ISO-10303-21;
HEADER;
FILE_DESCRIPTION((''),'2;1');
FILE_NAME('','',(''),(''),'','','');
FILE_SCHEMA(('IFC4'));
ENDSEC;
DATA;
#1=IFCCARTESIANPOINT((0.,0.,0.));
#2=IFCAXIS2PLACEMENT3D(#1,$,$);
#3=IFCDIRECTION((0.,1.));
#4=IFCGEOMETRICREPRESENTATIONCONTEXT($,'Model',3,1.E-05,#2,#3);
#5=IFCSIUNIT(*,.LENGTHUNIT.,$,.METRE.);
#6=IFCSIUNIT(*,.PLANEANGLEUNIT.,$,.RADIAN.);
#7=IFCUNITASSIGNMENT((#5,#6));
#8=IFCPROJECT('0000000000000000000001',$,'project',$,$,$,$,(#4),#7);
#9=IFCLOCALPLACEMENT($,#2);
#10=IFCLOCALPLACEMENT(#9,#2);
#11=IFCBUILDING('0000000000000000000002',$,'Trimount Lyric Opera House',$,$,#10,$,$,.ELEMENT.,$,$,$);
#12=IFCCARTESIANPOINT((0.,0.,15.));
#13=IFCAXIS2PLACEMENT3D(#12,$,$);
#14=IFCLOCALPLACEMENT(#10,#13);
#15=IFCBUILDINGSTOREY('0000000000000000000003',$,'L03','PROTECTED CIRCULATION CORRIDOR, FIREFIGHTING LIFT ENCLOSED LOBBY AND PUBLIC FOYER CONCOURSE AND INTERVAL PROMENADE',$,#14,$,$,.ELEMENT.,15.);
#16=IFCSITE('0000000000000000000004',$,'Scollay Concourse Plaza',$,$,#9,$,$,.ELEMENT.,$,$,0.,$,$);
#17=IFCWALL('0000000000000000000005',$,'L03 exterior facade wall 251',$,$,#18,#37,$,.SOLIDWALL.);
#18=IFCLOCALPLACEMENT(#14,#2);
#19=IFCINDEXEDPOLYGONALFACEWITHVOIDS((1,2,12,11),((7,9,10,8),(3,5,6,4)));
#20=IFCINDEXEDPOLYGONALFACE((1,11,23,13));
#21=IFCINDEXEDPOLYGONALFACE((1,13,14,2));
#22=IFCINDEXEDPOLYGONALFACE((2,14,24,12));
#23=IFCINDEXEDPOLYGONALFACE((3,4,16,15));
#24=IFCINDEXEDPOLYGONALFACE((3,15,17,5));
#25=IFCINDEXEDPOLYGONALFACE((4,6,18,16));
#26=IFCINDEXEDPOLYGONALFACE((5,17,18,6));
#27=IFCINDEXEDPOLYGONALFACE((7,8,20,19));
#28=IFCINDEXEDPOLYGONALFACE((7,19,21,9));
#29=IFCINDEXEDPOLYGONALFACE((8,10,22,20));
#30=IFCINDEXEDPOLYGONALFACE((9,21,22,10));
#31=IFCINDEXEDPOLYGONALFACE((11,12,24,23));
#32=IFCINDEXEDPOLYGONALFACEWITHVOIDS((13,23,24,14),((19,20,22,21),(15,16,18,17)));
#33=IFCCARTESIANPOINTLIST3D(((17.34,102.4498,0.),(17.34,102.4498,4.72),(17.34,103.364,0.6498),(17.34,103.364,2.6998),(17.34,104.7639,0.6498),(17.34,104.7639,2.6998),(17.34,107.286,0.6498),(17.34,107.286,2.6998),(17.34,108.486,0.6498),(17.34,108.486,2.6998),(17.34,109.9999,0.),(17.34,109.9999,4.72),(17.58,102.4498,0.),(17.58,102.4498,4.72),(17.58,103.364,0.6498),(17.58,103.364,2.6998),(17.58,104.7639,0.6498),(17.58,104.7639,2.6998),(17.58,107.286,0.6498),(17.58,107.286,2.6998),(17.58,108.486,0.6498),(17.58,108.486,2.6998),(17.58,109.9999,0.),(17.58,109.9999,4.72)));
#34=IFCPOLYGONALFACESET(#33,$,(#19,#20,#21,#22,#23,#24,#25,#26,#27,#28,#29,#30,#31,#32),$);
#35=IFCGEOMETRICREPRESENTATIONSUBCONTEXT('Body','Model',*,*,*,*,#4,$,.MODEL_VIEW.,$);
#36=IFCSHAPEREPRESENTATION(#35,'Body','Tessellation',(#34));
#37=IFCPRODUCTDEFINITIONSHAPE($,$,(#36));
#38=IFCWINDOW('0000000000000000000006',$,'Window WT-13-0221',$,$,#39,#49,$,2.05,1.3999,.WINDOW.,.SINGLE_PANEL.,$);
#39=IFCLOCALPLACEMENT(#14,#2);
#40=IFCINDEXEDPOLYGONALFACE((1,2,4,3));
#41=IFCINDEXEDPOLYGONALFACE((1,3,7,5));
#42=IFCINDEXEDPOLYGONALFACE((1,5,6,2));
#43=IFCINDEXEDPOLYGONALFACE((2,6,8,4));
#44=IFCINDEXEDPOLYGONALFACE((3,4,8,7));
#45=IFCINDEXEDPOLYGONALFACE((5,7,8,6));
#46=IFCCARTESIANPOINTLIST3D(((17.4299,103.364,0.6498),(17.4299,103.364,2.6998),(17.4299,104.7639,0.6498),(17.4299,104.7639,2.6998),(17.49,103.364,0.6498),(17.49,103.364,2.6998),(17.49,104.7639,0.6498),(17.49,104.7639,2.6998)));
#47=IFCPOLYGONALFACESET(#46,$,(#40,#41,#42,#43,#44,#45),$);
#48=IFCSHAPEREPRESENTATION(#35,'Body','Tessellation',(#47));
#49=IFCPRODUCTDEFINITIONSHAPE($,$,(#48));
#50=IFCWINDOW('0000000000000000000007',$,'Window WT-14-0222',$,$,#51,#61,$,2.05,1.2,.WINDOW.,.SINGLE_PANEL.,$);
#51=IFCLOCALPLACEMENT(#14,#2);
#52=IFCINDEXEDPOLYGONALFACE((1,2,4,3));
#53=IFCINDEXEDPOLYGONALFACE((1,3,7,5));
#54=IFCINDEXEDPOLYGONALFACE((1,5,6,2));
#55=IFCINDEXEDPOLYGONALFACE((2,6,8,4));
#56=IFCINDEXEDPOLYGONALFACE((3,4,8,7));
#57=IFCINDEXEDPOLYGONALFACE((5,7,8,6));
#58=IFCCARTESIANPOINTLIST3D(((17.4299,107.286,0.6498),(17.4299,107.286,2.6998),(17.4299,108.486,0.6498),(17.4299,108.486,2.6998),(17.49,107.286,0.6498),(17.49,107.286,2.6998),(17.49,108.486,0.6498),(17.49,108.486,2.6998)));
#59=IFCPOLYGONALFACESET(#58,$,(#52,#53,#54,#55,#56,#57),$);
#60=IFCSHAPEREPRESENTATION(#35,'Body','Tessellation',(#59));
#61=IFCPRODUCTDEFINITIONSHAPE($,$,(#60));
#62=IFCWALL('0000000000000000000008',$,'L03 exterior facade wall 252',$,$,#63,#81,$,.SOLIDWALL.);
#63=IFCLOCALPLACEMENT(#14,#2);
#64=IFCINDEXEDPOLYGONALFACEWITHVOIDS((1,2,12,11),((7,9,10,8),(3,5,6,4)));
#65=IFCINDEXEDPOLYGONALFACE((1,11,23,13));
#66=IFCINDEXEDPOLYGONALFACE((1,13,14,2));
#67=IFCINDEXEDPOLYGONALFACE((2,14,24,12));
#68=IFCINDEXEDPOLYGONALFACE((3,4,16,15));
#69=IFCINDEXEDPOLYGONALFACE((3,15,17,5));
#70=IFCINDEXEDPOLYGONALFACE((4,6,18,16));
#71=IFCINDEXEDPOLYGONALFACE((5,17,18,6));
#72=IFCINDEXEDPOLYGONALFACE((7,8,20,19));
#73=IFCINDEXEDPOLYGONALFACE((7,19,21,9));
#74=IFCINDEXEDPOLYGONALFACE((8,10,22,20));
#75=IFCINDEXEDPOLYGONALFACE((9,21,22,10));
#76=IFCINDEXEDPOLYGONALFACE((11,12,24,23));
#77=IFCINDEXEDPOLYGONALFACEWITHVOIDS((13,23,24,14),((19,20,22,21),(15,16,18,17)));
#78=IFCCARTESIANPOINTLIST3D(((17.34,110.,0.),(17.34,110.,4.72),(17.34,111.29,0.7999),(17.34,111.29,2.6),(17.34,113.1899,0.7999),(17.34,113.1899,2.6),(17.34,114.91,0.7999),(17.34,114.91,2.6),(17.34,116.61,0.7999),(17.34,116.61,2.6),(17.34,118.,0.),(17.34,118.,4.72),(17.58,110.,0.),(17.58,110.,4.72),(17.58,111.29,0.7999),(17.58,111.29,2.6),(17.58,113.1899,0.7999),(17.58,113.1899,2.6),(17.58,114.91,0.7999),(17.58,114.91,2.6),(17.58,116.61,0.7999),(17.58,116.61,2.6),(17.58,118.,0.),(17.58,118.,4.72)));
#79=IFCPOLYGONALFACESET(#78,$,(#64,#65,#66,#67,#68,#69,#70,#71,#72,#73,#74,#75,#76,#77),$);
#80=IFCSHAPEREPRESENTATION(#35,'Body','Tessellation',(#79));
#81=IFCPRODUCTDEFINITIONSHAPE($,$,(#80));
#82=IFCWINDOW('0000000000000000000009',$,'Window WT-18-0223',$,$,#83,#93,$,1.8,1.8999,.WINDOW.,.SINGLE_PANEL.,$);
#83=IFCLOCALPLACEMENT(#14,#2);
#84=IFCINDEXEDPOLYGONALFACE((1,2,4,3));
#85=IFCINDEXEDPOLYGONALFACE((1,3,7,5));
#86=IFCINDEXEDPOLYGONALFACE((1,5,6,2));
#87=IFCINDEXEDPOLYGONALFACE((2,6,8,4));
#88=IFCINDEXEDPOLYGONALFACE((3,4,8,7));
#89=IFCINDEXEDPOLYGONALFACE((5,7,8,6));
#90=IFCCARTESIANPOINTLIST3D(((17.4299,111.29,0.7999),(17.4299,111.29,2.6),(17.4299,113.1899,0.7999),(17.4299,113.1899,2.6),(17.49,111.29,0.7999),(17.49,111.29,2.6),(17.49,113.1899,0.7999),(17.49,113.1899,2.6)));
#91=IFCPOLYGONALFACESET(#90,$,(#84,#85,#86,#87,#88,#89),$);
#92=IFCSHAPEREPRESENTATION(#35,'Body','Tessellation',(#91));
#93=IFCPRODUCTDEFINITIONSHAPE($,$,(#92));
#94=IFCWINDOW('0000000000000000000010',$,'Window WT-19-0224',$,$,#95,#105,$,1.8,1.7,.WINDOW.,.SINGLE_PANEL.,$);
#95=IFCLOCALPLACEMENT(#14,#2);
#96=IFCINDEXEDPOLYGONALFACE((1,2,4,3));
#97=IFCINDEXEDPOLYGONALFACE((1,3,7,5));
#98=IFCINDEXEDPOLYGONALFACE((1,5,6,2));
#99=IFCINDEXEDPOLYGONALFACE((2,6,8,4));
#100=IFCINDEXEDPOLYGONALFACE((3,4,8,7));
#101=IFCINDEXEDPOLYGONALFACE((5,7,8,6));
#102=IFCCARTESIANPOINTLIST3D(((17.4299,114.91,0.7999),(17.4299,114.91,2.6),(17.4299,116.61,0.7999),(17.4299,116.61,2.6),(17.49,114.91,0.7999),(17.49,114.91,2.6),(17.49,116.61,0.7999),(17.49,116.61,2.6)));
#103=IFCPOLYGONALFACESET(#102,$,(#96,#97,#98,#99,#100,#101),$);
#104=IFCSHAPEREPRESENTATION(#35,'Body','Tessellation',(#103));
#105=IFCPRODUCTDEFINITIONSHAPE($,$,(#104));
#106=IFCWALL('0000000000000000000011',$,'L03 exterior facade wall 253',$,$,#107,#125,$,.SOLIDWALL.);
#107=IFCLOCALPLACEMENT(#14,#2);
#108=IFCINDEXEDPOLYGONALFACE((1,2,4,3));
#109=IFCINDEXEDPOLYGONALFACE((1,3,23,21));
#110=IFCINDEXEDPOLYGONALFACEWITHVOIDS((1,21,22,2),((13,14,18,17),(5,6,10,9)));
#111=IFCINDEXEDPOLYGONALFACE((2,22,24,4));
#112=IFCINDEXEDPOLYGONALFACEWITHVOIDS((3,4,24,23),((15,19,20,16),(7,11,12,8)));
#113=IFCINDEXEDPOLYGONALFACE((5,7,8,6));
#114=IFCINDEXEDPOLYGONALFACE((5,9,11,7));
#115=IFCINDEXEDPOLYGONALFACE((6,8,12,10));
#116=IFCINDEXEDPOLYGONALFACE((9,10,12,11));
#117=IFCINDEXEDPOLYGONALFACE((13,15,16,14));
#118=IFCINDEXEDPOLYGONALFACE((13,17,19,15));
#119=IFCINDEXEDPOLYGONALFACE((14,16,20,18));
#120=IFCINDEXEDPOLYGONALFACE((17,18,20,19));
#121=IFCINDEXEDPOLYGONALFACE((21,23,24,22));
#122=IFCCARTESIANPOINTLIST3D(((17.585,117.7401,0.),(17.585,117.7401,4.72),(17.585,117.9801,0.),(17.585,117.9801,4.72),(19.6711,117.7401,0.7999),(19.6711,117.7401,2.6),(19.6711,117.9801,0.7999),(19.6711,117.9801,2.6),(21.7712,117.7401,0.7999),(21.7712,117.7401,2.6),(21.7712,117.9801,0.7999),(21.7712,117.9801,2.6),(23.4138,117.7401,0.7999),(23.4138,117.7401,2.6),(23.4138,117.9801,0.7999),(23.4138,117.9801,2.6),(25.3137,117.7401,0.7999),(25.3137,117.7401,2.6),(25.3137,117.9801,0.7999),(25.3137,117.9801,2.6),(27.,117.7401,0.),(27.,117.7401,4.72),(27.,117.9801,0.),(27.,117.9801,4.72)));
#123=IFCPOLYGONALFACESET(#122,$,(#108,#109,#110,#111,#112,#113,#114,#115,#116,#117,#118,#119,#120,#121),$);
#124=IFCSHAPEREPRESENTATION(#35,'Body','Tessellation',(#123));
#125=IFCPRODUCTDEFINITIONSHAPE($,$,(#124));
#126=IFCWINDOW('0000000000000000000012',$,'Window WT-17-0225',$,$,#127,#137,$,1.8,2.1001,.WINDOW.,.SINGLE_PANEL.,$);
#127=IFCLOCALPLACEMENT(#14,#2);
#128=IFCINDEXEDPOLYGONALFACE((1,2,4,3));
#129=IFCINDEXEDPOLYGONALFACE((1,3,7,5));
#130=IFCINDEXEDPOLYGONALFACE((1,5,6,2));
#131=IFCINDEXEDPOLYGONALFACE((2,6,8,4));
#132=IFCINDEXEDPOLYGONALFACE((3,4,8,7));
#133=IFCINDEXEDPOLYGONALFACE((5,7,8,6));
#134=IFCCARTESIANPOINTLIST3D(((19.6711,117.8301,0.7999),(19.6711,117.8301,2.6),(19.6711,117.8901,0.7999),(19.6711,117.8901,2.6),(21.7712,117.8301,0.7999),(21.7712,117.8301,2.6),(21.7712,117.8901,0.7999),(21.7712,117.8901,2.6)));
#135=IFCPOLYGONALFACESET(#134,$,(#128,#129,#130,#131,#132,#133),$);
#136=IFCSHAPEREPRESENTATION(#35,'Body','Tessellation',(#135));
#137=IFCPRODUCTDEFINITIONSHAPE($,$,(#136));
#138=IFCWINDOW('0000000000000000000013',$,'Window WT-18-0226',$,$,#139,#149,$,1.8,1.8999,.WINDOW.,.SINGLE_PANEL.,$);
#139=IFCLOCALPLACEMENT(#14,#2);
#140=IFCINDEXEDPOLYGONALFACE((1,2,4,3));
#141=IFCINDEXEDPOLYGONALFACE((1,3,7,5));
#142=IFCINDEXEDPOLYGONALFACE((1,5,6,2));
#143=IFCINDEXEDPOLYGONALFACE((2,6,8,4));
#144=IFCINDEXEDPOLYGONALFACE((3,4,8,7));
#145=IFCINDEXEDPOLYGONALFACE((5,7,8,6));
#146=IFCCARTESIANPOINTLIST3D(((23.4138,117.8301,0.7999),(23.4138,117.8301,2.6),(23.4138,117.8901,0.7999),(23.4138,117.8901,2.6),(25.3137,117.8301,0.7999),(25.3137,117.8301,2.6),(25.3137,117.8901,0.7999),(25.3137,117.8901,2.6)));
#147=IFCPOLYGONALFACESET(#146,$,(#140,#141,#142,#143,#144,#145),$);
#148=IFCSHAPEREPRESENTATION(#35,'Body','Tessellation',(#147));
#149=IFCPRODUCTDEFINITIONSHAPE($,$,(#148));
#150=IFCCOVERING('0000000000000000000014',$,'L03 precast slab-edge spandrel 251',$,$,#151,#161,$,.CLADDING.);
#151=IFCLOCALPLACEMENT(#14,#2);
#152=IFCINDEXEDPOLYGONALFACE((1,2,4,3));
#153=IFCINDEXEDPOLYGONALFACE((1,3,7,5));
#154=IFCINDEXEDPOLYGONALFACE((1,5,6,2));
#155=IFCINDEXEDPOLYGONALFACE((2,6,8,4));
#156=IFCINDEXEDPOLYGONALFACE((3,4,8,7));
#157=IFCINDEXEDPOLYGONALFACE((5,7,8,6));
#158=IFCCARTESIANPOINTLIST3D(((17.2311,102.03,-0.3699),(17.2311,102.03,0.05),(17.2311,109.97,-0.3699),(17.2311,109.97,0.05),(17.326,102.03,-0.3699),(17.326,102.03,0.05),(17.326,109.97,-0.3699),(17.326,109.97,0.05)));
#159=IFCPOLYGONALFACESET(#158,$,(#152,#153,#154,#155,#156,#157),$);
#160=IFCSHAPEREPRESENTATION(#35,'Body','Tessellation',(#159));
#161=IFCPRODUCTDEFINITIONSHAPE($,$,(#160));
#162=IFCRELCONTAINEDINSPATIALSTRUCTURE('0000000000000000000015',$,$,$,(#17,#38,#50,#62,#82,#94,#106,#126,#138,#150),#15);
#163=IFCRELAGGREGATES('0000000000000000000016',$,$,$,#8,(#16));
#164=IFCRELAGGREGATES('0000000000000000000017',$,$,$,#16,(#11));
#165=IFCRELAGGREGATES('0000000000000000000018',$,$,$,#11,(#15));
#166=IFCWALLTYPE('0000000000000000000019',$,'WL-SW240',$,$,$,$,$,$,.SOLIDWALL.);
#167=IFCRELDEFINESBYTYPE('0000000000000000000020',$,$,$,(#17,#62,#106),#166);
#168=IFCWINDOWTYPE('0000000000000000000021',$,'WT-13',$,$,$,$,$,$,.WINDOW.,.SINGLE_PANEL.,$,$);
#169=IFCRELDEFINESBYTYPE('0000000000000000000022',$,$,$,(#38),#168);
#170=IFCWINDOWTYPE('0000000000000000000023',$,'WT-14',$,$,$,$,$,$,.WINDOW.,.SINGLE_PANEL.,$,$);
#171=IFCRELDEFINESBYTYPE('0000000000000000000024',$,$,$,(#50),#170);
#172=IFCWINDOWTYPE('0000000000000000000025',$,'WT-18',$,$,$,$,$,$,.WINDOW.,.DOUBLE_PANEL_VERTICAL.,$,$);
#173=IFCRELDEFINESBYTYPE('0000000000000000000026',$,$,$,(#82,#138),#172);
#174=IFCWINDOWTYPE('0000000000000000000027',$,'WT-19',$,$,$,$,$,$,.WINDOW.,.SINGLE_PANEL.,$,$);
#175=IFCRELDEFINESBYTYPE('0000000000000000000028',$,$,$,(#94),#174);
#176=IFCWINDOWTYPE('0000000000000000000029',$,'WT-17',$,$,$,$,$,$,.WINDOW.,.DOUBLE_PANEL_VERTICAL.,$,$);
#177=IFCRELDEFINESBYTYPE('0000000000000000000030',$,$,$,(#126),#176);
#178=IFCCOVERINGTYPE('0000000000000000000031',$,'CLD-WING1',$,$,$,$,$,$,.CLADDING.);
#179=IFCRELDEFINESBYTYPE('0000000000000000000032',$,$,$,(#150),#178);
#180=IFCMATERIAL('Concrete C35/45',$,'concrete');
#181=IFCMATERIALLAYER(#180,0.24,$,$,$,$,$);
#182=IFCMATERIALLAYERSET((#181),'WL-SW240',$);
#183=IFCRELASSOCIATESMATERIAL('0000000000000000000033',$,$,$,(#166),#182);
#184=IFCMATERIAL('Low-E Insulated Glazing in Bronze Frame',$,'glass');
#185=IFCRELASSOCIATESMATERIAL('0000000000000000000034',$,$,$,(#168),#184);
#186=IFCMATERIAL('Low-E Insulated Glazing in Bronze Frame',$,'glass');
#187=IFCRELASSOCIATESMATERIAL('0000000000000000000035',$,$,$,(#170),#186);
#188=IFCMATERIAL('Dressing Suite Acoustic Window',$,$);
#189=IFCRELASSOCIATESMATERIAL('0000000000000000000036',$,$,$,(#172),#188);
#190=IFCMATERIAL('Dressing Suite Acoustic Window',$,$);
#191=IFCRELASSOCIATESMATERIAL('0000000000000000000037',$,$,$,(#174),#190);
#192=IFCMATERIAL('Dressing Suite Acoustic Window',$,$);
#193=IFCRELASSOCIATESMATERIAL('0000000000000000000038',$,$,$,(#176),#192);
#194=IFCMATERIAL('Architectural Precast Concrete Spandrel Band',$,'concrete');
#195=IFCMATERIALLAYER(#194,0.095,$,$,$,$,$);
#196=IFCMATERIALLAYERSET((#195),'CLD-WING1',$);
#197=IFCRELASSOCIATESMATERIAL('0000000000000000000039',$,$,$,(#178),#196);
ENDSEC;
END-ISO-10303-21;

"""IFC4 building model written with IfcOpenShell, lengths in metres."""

from ifc_helpers import new_model, si_unit, direction, frame, frame_2d, origin, origin_2d, place, context, subcontext, project, spatial, rectangle, extrude, material, layer, layer_set, type_object, element, fill, save


model = new_model("IFC4")

# Units and contexts
model_context = context("Model", 3, precision=1e-05, world=origin(), true_north=direction((0.0, 1.0)))
body_context = subcontext(model_context, "Body", "Model", "MODEL_VIEW")
ifc_project = project(units=[si_unit("LENGTHUNIT", "METRE"), si_unit("PLANEANGLEUNIT", "RADIAN")], contexts=[model_context])

# Site, building, storey
site_placement = place(None, origin())
site = spatial("IfcSite", under=ifc_project, at=site_placement, Name="Scollay Concourse Plaza", CompositionType="ELEMENT", RefElevation=0.0)
building_placement = place(site_placement, origin())
building = spatial("IfcBuilding", under=site, at=building_placement, Name="Trimount Lyric Opera House", CompositionType="ELEMENT")
storey_placement = place(building_placement, frame((0.0, 0.0, 15.0)))
storey = spatial("IfcBuildingStorey", under=building, at=storey_placement, Name="L03", Description="PROTECTED CIRCULATION CORRIDOR, FIREFIGHTING LIFT ENCLOSED LOBBY AND PUBLIC FOYER CONCOURSE AND INTERVAL PROMENADE", CompositionType="ELEMENT", Elevation=15.0)

# Walls, openings, windows
ifc_material_1 = material(Name="Concrete C35/45", Category="concrete")
ifc_layer_1 = layer(ifc_material_1, 0.24)
ifc_layer_set_1 = layer_set([ifc_layer_1], Name="WL-SW240")
wall_type_1 = type_object("IfcWallType", Name="WL-SW240", PredefinedType="SOLIDWALL", material=ifc_layer_set_1)
wall_1_placement = place(storey_placement, frame((17.46, 102.45, 0.0), z_axis=(0.0, 0.0, 1.0), x_axis=(0.0, 1.0, 0.0)))
wall_1 = element("IfcWall", 1, at=wall_1_placement, inside=storey, type_object=wall_type_1, Name="L03 exterior facade wall 251", PredefinedType="SOLIDWALL", context=body_context, shape_type="SweptSolid", body=[
    extrude(rectangle(XDim=7.55, YDim=0.24, at=frame_2d((3.7749, 0.0))), origin(), (0.0, 0.0, 1.0), 4.72),
])
opening_1_placement = place(wall_1_placement, frame((0.9141, 0.0, 0.6499)))
opening_1 = element("IfcOpeningElement", 2, at=opening_1_placement, cuts=wall_1, PredefinedType="OPENING", context=body_context, shape_type="SweptSolid", body=[
    extrude(rectangle(XDim=1.3999, YDim=2.05, at=frame_2d((0.7, 1.0249))), frame((0.0, 0.1299, 0.0), z_axis=(0.0, -1.0, 0.0), x_axis=(1.0, 0.0, 0.0)), (0.0, 0.0, 1.0), 0.26),
])
opening_2_placement = place(wall_1_placement, frame((4.8359, 0.0, 0.6499)))
opening_2 = element("IfcOpeningElement", 3, at=opening_2_placement, cuts=wall_1, PredefinedType="OPENING", context=body_context, shape_type="SweptSolid", body=[
    extrude(rectangle(XDim=1.2, YDim=2.05, at=frame_2d((0.6001, 1.0249))), frame((0.0, 0.1299, 0.0), z_axis=(0.0, -1.0, 0.0), x_axis=(1.0, 0.0, 0.0)), (0.0, 0.0, 1.0), 0.26),
])
ifc_material_2 = material(Name="Low-E Insulated Glazing in Bronze Frame", Category="glass")
window_type_1 = type_object("IfcWindowType", Name="WT-13", PartitioningType="SINGLE_PANEL", PredefinedType="WINDOW", material=ifc_material_2)
window_1_placement = place(opening_1_placement, origin())
window_1 = element("IfcWindow", 4, at=window_1_placement, inside=storey, type_object=window_type_1, Name="Window WT-13-0221", OverallHeight=2.05, OverallWidth=1.3999, PartitioningType="SINGLE_PANEL", PredefinedType="WINDOW", context=body_context, shape_type="SweptSolid", body=[
    extrude(rectangle(XDim=1.3999, YDim=2.05, at=frame_2d((0.7, 1.0249))), frame((0.0, 0.03, 0.0), z_axis=(0.0, -1.0, 0.0), x_axis=(1.0, 0.0, 0.0)), (0.0, 0.0, 1.0), 0.0601),
])
fill(opening_1, window_1)
ifc_material_3 = material(Name="Low-E Insulated Glazing in Bronze Frame", Category="glass")
window_type_2 = type_object("IfcWindowType", Name="WT-14", PartitioningType="SINGLE_PANEL", PredefinedType="WINDOW", material=ifc_material_3)
window_2_placement = place(opening_2_placement, origin())
window_2 = element("IfcWindow", 5, at=window_2_placement, inside=storey, type_object=window_type_2, Name="Window WT-14-0222", OverallHeight=2.05, OverallWidth=1.2, PartitioningType="SINGLE_PANEL", PredefinedType="WINDOW", context=body_context, shape_type="SweptSolid", body=[
    extrude(rectangle(XDim=1.2, YDim=2.05, at=frame_2d((0.6001, 1.0249))), frame((0.0, 0.03, 0.0), z_axis=(0.0, -1.0, 0.0), x_axis=(1.0, 0.0, 0.0)), (0.0, 0.0, 1.0), 0.0601),
])
fill(opening_2, window_2)
wall_2_placement = place(storey_placement, frame((17.46, 110.0, 0.0), z_axis=(0.0, 0.0, 1.0), x_axis=(0.0, 1.0, 0.0)))
wall_2 = element("IfcWall", 6, at=wall_2_placement, inside=storey, type_object=wall_type_1, Name="L03 exterior facade wall 252", PredefinedType="SOLIDWALL", context=body_context, shape_type="SweptSolid", body=[
    extrude(rectangle(XDim=8.0, YDim=0.24, at=frame_2d((4.0, 0.0))), origin(), (0.0, 0.0, 1.0), 4.72),
])
opening_3_placement = place(wall_2_placement, frame((1.29, 0.0, 0.8)))
opening_3 = element("IfcOpeningElement", 7, at=opening_3_placement, cuts=wall_2, PredefinedType="OPENING", context=body_context, shape_type="SweptSolid", body=[
    extrude(rectangle(XDim=1.8999, YDim=1.8, at=frame_2d((0.95, 0.8999))), frame((0.0, 0.1299, 0.0), z_axis=(0.0, -1.0, 0.0), x_axis=(1.0, 0.0, 0.0)), (0.0, 0.0, 1.0), 0.26),
])
opening_4_placement = place(wall_2_placement, frame((4.9099, 0.0, 0.8)))
opening_4 = element("IfcOpeningElement", 8, at=opening_4_placement, cuts=wall_2, PredefinedType="OPENING", context=body_context, shape_type="SweptSolid", body=[
    extrude(rectangle(XDim=1.7, YDim=1.8, at=frame_2d((0.8501, 0.8999))), frame((0.0, 0.1299, 0.0), z_axis=(0.0, -1.0, 0.0), x_axis=(1.0, 0.0, 0.0)), (0.0, 0.0, 1.0), 0.26),
])
ifc_material_4 = material(Name="Dressing Suite Acoustic Window")
window_type_3 = type_object("IfcWindowType", Name="WT-18", PartitioningType="DOUBLE_PANEL_VERTICAL", PredefinedType="WINDOW", material=ifc_material_4)
window_3_placement = place(opening_3_placement, origin())
window_3 = element("IfcWindow", 9, at=window_3_placement, inside=storey, type_object=window_type_3, Name="Window WT-18-0223", OverallHeight=1.8, OverallWidth=1.8999, PartitioningType="SINGLE_PANEL", PredefinedType="WINDOW", context=body_context, shape_type="SweptSolid", body=[
    extrude(rectangle(XDim=1.8999, YDim=1.8, at=frame_2d((0.95, 0.8999))), frame((0.0, 0.03, 0.0), z_axis=(0.0, -1.0, 0.0), x_axis=(1.0, 0.0, 0.0)), (0.0, 0.0, 1.0), 0.0601),
])
fill(opening_3, window_3)
ifc_material_5 = material(Name="Dressing Suite Acoustic Window")
window_type_4 = type_object("IfcWindowType", Name="WT-19", PartitioningType="SINGLE_PANEL", PredefinedType="WINDOW", material=ifc_material_5)
window_4_placement = place(opening_4_placement, origin())
window_4 = element("IfcWindow", 10, at=window_4_placement, inside=storey, type_object=window_type_4, Name="Window WT-19-0224", OverallHeight=1.8, OverallWidth=1.7, PartitioningType="SINGLE_PANEL", PredefinedType="WINDOW", context=body_context, shape_type="SweptSolid", body=[
    extrude(rectangle(XDim=1.7, YDim=1.8, at=frame_2d((0.8501, 0.8999))), frame((0.0, 0.03, 0.0), z_axis=(0.0, -1.0, 0.0), x_axis=(1.0, 0.0, 0.0)), (0.0, 0.0, 1.0), 0.0601),
])
fill(opening_4, window_4)
wall_3_placement = place(storey_placement, frame((17.585, 117.8601, 0.0), z_axis=(0.0, 0.0, 1.0), x_axis=(1.0, 0.0, 0.0)))
wall_3 = element("IfcWall", 11, at=wall_3_placement, inside=storey, type_object=wall_type_1, Name="L03 exterior facade wall 253", PredefinedType="SOLIDWALL", context=body_context, shape_type="SweptSolid", body=[
    extrude(rectangle(XDim=9.415, YDim=0.24, at=frame_2d((4.7075, 0.0))), origin(), (0.0, 0.0, 1.0), 4.72),
])
opening_5_placement = place(wall_3_placement, frame((2.0862, 0.0, 0.8)))
opening_5 = element("IfcOpeningElement", 12, at=opening_5_placement, cuts=wall_3, PredefinedType="OPENING", context=body_context, shape_type="SweptSolid", body=[
    extrude(rectangle(XDim=2.1001, YDim=1.8, at=frame_2d((1.05, 0.8999))), frame((0.0, 0.1299, 0.0), z_axis=(0.0, -1.0, 0.0), x_axis=(1.0, 0.0, 0.0)), (0.0, 0.0, 1.0), 0.26),
])
opening_6_placement = place(wall_3_placement, frame((5.8289, 0.0, 0.8)))
opening_6 = element("IfcOpeningElement", 13, at=opening_6_placement, cuts=wall_3, PredefinedType="OPENING", context=body_context, shape_type="SweptSolid", body=[
    extrude(rectangle(XDim=1.8999, YDim=1.8, at=frame_2d((0.95, 0.8999))), frame((0.0, 0.1299, 0.0), z_axis=(0.0, -1.0, 0.0), x_axis=(1.0, 0.0, 0.0)), (0.0, 0.0, 1.0), 0.26),
])
ifc_material_6 = material(Name="Dressing Suite Acoustic Window")
window_type_5 = type_object("IfcWindowType", Name="WT-17", PartitioningType="DOUBLE_PANEL_VERTICAL", PredefinedType="WINDOW", material=ifc_material_6)
window_5_placement = place(opening_5_placement, origin())
window_5 = element("IfcWindow", 14, at=window_5_placement, inside=storey, type_object=window_type_5, Name="Window WT-17-0225", OverallHeight=1.8, OverallWidth=2.1001, PartitioningType="SINGLE_PANEL", PredefinedType="WINDOW", context=body_context, shape_type="SweptSolid", body=[
    extrude(rectangle(XDim=2.1001, YDim=1.8, at=frame_2d((1.05, 0.8999))), frame((0.0, 0.03, 0.0), z_axis=(0.0, -1.0, 0.0), x_axis=(1.0, 0.0, 0.0)), (0.0, 0.0, 1.0), 0.0601),
])
fill(opening_5, window_5)
window_6_placement = place(opening_6_placement, origin())
window_6 = element("IfcWindow", 15, at=window_6_placement, inside=storey, type_object=window_type_3, Name="Window WT-18-0226", OverallHeight=1.8, OverallWidth=1.8999, PartitioningType="SINGLE_PANEL", PredefinedType="WINDOW", context=body_context, shape_type="SweptSolid", body=[
    extrude(rectangle(XDim=1.8999, YDim=1.8, at=frame_2d((0.95, 0.8999))), frame((0.0, 0.03, 0.0), z_axis=(0.0, -1.0, 0.0), x_axis=(1.0, 0.0, 0.0)), (0.0, 0.0, 1.0), 0.0601),
])
fill(opening_6, window_6)

# Covering
ifc_material_7 = material(Name="Architectural Precast Concrete Spandrel Band", Category="concrete")
ifc_layer_2 = layer(ifc_material_7, 0.095)
ifc_layer_set_2 = layer_set([ifc_layer_2], Name="CLD-WING1")
covering_type = type_object("IfcCoveringType", Name="CLD-WING1", PredefinedType="CLADDING", material=ifc_layer_set_2)
for number, where, z_axis, x_axis, name in (
    (16, (17.2786, 106.0, -0.3699), (0.0, 0.0, 1.0), (0.0, 1.0, 0.0), "L03 precast slab-edge spandrel 251"),
):
    element("IfcCovering", number, at=place(storey_placement, frame(where, z_axis=z_axis, x_axis=x_axis)), inside=storey, type_object=covering_type, Name=name, PredefinedType="CLADDING", context=body_context, shape_type="SweptSolid", body=[
        extrude(rectangle(XDim=7.9399, YDim=0.095, at=origin_2d()), origin(), (0.0, 0.0, 1.0), 0.4199),
    ])

save(model, "model.ifc")
